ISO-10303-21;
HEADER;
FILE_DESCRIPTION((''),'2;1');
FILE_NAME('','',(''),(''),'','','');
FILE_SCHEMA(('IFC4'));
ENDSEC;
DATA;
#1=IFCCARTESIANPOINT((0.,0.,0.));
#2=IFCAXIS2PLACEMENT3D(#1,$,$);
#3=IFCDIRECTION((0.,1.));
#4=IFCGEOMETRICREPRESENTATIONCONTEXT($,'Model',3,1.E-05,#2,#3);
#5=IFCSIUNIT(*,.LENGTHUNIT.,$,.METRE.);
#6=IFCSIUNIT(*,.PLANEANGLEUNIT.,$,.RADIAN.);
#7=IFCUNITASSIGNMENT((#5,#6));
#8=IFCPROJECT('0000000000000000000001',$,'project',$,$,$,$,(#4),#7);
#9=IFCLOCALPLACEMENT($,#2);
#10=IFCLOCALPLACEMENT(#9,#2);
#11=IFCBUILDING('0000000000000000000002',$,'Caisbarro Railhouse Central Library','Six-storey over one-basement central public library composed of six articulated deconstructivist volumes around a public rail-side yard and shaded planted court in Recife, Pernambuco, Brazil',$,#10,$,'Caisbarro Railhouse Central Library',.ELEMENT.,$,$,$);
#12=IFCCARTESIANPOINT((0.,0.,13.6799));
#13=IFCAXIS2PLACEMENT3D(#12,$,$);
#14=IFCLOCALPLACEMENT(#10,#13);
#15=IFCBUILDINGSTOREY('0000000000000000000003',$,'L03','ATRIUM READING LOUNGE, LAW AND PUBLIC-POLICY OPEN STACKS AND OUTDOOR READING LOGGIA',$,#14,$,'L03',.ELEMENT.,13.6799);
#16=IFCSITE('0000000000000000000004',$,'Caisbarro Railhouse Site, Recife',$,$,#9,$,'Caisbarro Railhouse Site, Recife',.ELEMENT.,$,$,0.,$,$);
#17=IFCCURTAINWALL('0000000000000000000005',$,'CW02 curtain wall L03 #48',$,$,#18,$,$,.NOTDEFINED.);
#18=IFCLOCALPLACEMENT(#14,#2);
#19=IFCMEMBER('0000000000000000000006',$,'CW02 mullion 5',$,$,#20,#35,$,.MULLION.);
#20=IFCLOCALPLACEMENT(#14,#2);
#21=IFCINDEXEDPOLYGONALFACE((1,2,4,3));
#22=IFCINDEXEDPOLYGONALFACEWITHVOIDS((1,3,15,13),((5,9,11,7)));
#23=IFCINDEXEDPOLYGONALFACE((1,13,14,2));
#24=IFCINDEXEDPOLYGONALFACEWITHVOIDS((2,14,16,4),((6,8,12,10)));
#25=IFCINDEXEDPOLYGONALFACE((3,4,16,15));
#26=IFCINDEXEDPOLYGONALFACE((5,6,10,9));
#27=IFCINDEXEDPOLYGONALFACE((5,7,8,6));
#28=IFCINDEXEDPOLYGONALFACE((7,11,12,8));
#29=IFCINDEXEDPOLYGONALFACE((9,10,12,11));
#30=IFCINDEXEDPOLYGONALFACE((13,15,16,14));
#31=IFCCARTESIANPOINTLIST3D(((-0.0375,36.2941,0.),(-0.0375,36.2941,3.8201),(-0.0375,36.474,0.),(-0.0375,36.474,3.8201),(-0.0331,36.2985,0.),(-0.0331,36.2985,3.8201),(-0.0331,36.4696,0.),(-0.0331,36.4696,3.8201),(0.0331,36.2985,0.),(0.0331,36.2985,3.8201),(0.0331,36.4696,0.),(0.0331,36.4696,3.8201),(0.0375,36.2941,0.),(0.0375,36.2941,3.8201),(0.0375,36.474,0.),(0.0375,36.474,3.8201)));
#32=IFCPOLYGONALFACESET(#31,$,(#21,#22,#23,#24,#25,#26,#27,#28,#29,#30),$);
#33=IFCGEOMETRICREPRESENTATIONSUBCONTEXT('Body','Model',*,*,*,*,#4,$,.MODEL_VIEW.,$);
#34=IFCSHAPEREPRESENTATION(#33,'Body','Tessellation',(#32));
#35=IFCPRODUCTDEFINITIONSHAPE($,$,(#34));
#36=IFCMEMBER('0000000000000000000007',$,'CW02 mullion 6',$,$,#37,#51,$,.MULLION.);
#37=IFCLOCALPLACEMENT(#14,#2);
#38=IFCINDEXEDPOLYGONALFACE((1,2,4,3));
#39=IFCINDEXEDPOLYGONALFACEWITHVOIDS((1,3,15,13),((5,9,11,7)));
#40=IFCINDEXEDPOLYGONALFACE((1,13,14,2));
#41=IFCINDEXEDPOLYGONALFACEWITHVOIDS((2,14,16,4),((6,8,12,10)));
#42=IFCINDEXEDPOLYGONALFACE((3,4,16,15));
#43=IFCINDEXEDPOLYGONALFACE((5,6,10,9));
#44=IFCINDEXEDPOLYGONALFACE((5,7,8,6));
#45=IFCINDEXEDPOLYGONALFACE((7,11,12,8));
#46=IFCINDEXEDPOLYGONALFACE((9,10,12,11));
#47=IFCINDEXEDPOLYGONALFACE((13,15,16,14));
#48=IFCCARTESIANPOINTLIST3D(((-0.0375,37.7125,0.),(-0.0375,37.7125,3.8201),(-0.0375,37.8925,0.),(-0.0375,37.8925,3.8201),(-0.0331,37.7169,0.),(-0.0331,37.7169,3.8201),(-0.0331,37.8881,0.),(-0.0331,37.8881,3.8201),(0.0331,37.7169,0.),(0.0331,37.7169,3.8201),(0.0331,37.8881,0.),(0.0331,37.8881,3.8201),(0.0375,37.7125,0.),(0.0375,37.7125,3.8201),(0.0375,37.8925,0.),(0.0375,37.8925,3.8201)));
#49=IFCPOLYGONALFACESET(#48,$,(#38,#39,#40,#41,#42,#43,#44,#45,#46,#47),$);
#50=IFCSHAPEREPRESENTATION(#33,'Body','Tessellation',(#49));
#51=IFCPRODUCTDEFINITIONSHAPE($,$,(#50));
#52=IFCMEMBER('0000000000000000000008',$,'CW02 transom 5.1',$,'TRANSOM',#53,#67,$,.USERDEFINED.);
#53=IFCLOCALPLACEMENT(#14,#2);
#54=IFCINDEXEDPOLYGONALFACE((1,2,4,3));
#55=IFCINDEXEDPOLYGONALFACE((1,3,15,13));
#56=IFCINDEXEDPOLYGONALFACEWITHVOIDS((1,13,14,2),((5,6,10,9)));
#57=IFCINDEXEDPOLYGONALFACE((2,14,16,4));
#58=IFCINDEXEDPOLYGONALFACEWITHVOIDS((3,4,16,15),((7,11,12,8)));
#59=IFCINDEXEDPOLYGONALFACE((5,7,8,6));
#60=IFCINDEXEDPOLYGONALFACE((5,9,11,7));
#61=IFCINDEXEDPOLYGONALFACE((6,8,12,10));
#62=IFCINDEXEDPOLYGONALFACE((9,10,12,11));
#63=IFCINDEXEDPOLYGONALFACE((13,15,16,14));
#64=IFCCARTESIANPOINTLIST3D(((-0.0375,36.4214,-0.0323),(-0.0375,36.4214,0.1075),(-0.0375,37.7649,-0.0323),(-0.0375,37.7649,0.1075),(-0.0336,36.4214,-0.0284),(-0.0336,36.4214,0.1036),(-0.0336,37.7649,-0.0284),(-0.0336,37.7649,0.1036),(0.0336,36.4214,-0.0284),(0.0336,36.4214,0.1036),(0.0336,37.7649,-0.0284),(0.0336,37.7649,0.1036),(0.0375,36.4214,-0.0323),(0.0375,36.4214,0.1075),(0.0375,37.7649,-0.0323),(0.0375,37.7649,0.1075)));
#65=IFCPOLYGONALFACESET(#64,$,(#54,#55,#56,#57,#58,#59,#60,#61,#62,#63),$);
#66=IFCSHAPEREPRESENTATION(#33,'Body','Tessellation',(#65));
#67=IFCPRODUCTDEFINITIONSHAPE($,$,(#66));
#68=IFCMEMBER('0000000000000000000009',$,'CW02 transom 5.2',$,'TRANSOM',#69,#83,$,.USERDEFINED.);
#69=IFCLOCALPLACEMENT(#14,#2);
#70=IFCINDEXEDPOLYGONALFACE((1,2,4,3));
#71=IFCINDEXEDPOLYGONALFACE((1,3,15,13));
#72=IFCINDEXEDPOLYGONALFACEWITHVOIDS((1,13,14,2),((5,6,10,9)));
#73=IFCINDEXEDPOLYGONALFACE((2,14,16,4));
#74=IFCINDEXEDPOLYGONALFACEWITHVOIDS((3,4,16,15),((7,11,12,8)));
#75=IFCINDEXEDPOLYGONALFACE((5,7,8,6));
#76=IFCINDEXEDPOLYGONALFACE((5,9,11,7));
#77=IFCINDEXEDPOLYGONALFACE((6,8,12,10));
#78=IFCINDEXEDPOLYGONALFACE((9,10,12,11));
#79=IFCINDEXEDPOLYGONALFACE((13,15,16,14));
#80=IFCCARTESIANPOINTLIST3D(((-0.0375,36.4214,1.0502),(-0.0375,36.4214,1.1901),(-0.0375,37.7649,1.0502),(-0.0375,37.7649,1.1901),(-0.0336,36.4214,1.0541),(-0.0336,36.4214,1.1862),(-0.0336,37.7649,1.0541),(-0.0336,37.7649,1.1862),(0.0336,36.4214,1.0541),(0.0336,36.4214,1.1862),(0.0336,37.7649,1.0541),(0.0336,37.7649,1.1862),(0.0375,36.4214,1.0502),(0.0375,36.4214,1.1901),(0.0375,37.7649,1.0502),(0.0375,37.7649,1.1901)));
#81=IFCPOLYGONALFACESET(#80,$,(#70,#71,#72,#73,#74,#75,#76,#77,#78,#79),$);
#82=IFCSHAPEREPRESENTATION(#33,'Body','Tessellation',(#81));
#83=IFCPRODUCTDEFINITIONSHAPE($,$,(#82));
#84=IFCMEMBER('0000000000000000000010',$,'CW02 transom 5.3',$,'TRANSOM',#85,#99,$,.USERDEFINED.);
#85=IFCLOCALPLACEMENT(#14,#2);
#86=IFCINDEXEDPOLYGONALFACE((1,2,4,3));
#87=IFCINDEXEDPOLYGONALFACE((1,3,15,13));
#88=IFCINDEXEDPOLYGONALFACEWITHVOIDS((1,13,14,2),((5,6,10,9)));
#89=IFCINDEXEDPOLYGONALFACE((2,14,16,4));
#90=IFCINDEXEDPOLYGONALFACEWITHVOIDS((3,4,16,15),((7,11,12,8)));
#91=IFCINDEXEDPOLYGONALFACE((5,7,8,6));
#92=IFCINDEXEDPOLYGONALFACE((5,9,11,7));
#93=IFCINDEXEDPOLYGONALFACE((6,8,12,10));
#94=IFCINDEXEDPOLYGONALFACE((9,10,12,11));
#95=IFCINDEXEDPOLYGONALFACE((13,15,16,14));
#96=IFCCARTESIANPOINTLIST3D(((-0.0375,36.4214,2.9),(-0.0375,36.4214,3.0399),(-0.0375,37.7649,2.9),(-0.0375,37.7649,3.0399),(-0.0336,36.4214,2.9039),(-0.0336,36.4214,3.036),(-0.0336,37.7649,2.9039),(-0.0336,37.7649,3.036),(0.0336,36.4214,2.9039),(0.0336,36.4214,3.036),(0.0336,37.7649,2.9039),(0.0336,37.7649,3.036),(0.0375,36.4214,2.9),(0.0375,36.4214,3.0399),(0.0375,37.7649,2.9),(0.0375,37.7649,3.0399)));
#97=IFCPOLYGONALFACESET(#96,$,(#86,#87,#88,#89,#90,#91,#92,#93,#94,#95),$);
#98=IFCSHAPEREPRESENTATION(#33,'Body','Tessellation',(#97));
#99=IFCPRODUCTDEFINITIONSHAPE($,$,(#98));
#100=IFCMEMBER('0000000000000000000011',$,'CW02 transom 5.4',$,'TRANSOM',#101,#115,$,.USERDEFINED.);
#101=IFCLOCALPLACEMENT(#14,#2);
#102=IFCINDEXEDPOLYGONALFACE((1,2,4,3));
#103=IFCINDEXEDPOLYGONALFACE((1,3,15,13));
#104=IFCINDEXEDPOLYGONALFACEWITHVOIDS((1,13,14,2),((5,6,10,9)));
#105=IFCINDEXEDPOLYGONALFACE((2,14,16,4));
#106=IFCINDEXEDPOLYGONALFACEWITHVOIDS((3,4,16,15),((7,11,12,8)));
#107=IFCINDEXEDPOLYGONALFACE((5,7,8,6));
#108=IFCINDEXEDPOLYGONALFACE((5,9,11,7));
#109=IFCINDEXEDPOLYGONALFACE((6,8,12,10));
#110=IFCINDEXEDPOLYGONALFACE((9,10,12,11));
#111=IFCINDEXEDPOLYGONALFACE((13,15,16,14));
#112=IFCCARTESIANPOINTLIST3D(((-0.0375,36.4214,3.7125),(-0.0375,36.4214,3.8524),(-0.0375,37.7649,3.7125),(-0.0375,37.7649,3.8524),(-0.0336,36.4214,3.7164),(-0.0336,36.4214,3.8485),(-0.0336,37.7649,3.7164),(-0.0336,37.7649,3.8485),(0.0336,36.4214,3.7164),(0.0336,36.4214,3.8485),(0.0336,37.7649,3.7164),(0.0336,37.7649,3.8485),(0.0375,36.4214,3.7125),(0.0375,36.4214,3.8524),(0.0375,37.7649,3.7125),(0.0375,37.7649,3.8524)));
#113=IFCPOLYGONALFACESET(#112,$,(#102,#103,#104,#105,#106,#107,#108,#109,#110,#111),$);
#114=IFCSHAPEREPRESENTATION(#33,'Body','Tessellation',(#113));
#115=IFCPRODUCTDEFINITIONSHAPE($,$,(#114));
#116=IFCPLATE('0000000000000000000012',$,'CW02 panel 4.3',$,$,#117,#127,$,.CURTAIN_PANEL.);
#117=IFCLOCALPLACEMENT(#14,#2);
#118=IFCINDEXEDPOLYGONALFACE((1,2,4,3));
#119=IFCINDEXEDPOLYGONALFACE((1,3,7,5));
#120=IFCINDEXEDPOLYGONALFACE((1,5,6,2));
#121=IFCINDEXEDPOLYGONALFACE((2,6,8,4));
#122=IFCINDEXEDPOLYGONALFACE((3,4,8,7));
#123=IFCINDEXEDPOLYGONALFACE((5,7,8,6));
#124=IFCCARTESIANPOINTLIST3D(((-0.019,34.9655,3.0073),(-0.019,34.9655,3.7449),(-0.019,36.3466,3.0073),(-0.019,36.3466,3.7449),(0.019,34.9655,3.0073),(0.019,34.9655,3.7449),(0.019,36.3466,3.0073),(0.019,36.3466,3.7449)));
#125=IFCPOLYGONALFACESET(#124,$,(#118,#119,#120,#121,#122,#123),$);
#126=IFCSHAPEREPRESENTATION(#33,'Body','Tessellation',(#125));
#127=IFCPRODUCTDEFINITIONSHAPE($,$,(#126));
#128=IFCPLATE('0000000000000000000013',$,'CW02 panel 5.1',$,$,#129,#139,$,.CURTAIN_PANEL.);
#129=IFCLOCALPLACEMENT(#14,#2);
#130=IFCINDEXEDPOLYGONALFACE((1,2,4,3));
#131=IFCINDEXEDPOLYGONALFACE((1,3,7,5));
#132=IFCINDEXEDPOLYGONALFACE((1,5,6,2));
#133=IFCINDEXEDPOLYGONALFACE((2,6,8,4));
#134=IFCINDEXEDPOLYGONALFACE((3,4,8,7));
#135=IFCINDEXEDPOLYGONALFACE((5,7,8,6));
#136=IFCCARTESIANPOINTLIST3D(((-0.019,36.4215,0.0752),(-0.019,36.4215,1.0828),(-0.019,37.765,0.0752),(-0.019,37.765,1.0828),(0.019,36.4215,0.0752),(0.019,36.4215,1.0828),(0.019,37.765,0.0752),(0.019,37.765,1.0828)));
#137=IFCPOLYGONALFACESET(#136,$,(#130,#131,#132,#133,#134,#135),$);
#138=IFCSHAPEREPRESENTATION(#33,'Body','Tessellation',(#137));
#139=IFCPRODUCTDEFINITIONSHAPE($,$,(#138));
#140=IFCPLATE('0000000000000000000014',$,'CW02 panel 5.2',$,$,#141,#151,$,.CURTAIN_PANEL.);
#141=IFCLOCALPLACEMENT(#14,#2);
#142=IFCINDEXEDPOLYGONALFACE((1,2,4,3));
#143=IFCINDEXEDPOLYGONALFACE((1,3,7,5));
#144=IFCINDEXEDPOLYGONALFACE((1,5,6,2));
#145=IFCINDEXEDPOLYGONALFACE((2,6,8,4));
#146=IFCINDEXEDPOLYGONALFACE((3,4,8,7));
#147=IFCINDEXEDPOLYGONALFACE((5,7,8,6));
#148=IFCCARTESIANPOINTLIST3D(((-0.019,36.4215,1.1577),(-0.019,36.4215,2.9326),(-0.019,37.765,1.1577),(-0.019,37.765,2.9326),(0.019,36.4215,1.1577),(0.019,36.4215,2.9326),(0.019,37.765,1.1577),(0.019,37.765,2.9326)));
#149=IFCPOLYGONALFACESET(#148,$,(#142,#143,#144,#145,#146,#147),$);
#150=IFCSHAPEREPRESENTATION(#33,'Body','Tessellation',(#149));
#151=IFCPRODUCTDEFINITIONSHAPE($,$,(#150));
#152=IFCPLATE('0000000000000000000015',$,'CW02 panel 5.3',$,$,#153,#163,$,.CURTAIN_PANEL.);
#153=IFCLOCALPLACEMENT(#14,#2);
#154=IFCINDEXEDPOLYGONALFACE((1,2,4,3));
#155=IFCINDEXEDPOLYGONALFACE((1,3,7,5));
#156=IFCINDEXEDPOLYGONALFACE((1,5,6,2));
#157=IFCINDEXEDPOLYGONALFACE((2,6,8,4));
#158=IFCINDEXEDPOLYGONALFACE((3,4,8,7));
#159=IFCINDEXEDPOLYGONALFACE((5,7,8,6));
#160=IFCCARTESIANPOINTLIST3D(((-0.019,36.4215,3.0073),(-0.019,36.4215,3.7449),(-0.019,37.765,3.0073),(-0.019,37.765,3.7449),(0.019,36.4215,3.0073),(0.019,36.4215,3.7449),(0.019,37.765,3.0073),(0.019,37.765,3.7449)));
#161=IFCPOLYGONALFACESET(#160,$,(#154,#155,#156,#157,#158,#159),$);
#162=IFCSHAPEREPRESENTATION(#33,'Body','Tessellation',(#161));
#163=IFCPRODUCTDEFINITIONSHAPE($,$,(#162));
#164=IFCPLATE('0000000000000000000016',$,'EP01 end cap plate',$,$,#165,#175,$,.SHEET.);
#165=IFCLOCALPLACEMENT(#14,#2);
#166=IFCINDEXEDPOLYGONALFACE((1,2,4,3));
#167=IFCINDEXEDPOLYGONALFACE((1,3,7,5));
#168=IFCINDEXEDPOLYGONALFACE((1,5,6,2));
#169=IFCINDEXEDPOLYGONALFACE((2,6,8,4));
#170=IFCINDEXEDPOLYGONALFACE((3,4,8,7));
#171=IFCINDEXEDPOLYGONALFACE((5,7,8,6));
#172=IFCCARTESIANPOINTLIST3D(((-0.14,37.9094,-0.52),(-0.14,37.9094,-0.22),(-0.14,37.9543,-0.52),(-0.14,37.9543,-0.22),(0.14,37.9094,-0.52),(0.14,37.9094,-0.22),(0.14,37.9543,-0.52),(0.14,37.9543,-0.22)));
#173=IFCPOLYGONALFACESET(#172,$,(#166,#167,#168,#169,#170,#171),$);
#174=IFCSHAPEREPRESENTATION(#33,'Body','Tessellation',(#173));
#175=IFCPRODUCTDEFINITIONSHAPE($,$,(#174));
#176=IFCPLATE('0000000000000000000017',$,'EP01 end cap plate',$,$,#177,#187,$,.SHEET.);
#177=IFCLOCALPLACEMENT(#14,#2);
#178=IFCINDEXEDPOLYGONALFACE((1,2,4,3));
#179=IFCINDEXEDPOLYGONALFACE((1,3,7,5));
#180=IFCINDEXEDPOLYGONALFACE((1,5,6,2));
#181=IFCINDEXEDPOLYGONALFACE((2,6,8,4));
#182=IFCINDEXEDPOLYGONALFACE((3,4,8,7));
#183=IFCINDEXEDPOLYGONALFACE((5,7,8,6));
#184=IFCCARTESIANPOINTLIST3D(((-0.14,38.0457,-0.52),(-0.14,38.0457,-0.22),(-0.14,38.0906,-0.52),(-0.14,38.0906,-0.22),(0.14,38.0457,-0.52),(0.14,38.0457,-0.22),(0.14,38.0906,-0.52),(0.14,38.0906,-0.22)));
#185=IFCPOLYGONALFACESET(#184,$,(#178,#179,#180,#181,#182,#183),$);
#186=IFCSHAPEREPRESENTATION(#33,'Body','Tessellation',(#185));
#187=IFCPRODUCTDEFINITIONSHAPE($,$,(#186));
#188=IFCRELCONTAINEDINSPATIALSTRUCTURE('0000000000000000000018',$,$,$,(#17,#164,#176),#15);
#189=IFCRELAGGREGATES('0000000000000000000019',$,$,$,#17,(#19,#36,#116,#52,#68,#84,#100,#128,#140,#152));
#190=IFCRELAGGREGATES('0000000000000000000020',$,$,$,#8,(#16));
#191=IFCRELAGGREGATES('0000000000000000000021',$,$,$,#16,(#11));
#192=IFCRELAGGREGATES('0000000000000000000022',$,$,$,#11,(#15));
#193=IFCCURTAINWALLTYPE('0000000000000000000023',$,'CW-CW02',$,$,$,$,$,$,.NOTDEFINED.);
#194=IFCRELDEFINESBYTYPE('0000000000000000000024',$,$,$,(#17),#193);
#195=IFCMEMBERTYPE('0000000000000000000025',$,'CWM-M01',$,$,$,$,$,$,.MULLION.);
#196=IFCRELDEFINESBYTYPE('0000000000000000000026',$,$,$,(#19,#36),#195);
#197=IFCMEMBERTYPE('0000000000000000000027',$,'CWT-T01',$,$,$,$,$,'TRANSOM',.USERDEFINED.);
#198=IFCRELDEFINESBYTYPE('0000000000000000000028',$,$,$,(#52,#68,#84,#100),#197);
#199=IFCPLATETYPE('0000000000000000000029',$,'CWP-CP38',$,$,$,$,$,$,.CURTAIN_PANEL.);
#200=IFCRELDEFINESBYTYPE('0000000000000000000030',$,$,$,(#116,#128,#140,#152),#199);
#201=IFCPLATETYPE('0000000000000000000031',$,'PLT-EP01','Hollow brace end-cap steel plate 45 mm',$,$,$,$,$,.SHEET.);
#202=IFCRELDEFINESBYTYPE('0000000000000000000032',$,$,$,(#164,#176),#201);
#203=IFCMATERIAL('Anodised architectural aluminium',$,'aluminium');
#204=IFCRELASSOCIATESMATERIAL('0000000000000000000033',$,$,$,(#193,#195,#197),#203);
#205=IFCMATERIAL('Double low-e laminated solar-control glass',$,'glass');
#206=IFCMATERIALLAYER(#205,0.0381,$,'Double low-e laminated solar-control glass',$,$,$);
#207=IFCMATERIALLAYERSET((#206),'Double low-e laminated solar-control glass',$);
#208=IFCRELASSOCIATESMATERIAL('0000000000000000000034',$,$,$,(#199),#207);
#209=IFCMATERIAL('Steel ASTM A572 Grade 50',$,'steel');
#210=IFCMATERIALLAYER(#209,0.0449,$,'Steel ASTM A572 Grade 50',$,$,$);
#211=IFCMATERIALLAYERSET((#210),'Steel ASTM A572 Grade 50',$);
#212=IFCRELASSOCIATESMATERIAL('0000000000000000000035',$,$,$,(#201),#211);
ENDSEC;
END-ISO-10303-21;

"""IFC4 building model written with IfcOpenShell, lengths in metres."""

from ifc_helpers import new_model, si_unit, direction, frame, origin, origin_2d, place, context, subcontext, project, spatial, rectangle, hollow_rectangle, extrude, material, layer, layer_set, material_profile, profile_set, type_object, element, aggregate, save


model = new_model("IFC4")

# Units and contexts
model_context = context("Model", 3, precision=1e-05, world=origin(), true_north=direction((0.0, 1.0)))
body_context = subcontext(model_context, "Body", "Model", "MODEL_VIEW")
ifc_project = project(units=[si_unit("LENGTHUNIT", "METRE"), si_unit("PLANEANGLEUNIT", "RADIAN")], contexts=[model_context])

# Site, building, storey
site_placement = place(None, origin())
site = spatial("IfcSite", under=ifc_project, at=site_placement, Name="Caisbarro Railhouse Site, Recife", LongName="Caisbarro Railhouse Site, Recife", CompositionType="ELEMENT", RefElevation=0.0)
building_placement = place(site_placement, origin())
building = spatial("IfcBuilding", under=site, at=building_placement, Name="Caisbarro Railhouse Central Library", Description="Six-storey over one-basement central public library composed of six articulated deconstructivist volumes around a public rail-side yard and shaded planted court in Recife, Pernambuco, Brazil", LongName="Caisbarro Railhouse Central Library", CompositionType="ELEMENT")
storey_placement = place(building_placement, frame((0.0, 0.0, 13.6799)))
storey = spatial("IfcBuildingStorey", under=building, at=storey_placement, Name="L03", Description="ATRIUM READING LOUNGE, LAW AND PUBLIC-POLICY OPEN STACKS AND OUTDOOR READING LOGGIA", LongName="L03", CompositionType="ELEMENT", Elevation=13.6799)

# Shared definitions
ifc_material_1 = material(Name="Steel ASTM A572 Grade 50", Category="steel")

# Curtain wall, members, plates
ifc_material_2 = material(Name="Anodised architectural aluminium", Category="aluminium")
curtain_wall_type = type_object("IfcCurtainWallType", Name="CW-CW02", PredefinedType="NOTDEFINED", material=ifc_material_2)
curtain_wall_placement = place(storey_placement, origin())
curtain_wall = element("IfcCurtainWall", 1, at=curtain_wall_placement, inside=storey, type_object=curtain_wall_type, Name="CW02 curtain wall L03 #48", PredefinedType="NOTDEFINED")
ifc_material_profile_1 = material_profile(ifc_material_2, hollow_rectangle(XDim=0.075, YDim=0.1799, WallThickness=0.0044, at=origin_2d()), Name="ALU-MUL-75X180")
ifc_profile_set_1 = profile_set([ifc_material_profile_1], Name="Anodised architectural aluminium")
member_type_1 = type_object("IfcMemberType", Name="CWM-M01", PredefinedType="MULLION", material=ifc_profile_set_1)
member_1_placement = place(storey_placement, frame((0.0, 36.384, 0.0), z_axis=(0.0, 0.0, 1.0), x_axis=(-1.0, 0.0, 0.0)))
member_1 = element("IfcMember", 2, at=member_1_placement, type_object=member_type_1, Name="CW02 mullion 5", PredefinedType="MULLION", context=body_context, shape_type="SweptSolid", body=[
    extrude(hollow_rectangle(XDim=0.075, YDim=0.1799, WallThickness=0.0044, at=origin_2d()), origin(), (0.0, 0.0, 1.0), 3.8201),
])
member_2_placement = place(storey_placement, frame((0.0, 37.8025, 0.0), z_axis=(0.0, 0.0, 1.0), x_axis=(-1.0, 0.0, 0.0)))
member_2 = element("IfcMember", 3, at=member_2_placement, type_object=member_type_1, Name="CW02 mullion 6", PredefinedType="MULLION", context=body_context, shape_type="SweptSolid", body=[
    extrude(hollow_rectangle(XDim=0.075, YDim=0.1799, WallThickness=0.0044, at=origin_2d()), origin(), (0.0, 0.0, 1.0), 3.8201),
])
ifc_material_profile_2 = material_profile(ifc_material_2, hollow_rectangle(XDim=0.075, YDim=0.1399, WallThickness=0.0039, at=origin_2d()), Name="ALU-TRN-75X140")
ifc_profile_set_2 = profile_set([ifc_material_profile_2], Name="Anodised architectural aluminium")
member_type_2 = type_object("IfcMemberType", Name="CWT-T01", ElementType="TRANSOM", PredefinedType="USERDEFINED", material=ifc_profile_set_2)
member_3_placement = place(storey_placement, frame((0.0, 36.4214, 0.0376), z_axis=(0.0, 1.0, 0.0), x_axis=(-1.0, 0.0, 0.0)))
member_3 = element("IfcMember", 4, at=member_3_placement, type_object=member_type_2, Name="CW02 transom 5.1", ObjectType="TRANSOM", PredefinedType="USERDEFINED", context=body_context, shape_type="SweptSolid", body=[
    extrude(hollow_rectangle(XDim=0.075, YDim=0.1399, WallThickness=0.0039, at=origin_2d()), origin(), (0.0, 0.0, 1.0), 1.3435),
])
member_4_placement = place(storey_placement, frame((0.0, 36.4214, 1.1201), z_axis=(0.0, 1.0, 0.0), x_axis=(-1.0, 0.0, 0.0)))
member_4 = element("IfcMember", 5, at=member_4_placement, type_object=member_type_2, Name="CW02 transom 5.2", ObjectType="TRANSOM", PredefinedType="USERDEFINED", context=body_context, shape_type="SweptSolid", body=[
    extrude(hollow_rectangle(XDim=0.075, YDim=0.1399, WallThickness=0.0039, at=origin_2d()), origin(), (0.0, 0.0, 1.0), 1.3435),
])
member_5_placement = place(storey_placement, frame((0.0, 36.4214, 2.97), z_axis=(0.0, 1.0, 0.0), x_axis=(-1.0, 0.0, 0.0)))
member_5 = element("IfcMember", 6, at=member_5_placement, type_object=member_type_2, Name="CW02 transom 5.3", ObjectType="TRANSOM", PredefinedType="USERDEFINED", context=body_context, shape_type="SweptSolid", body=[
    extrude(hollow_rectangle(XDim=0.075, YDim=0.1399, WallThickness=0.0039, at=origin_2d()), origin(), (0.0, 0.0, 1.0), 1.3435),
])
member_6_placement = place(storey_placement, frame((0.0, 36.4214, 3.7825), z_axis=(0.0, 1.0, 0.0), x_axis=(-1.0, 0.0, 0.0)))
member_6 = element("IfcMember", 7, at=member_6_placement, type_object=member_type_2, Name="CW02 transom 5.4", ObjectType="TRANSOM", PredefinedType="USERDEFINED", context=body_context, shape_type="SweptSolid", body=[
    extrude(hollow_rectangle(XDim=0.075, YDim=0.1399, WallThickness=0.0039, at=origin_2d()), origin(), (0.0, 0.0, 1.0), 1.3435),
])
ifc_material_3 = material(Name="Double low-e laminated solar-control glass", Category="glass")
ifc_layer_1 = layer(ifc_material_3, 0.0381, Name="Double low-e laminated solar-control glass")
ifc_layer_set_1 = layer_set([ifc_layer_1], Name="Double low-e laminated solar-control glass")
plate_type_1 = type_object("IfcPlateType", Name="CWP-CP38", PredefinedType="CURTAIN_PANEL", material=ifc_layer_set_1)
plate_1_placement = place(storey_placement, frame((0.0, 35.656, 3.0073), z_axis=(0.0, 0.0, 1.0), x_axis=(0.0, 1.0, 0.0)))
plate_1 = element("IfcPlate", 8, at=plate_1_placement, type_object=plate_type_1, Name="CW02 panel 4.3", PredefinedType="CURTAIN_PANEL", context=body_context, shape_type="SweptSolid", body=[
    extrude(rectangle(XDim=1.3811, YDim=0.0381, at=origin_2d()), origin(), (0.0, 0.0, 1.0), 0.7375),
])
plate_2_placement = place(storey_placement, frame((0.0, 37.0933, 0.0752), z_axis=(0.0, 0.0, 1.0), x_axis=(0.0, 1.0, 0.0)))
plate_2 = element("IfcPlate", 9, at=plate_2_placement, type_object=plate_type_1, Name="CW02 panel 5.1", PredefinedType="CURTAIN_PANEL", context=body_context, shape_type="SweptSolid", body=[
    extrude(rectangle(XDim=1.3435, YDim=0.0381, at=origin_2d()), origin(), (0.0, 0.0, 1.0), 1.0076),
])
plate_3_placement = place(storey_placement, frame((0.0, 37.0933, 1.1577), z_axis=(0.0, 0.0, 1.0), x_axis=(0.0, 1.0, 0.0)))
plate_3 = element("IfcPlate", 10, at=plate_3_placement, type_object=plate_type_1, Name="CW02 panel 5.2", PredefinedType="CURTAIN_PANEL", context=body_context, shape_type="SweptSolid", body=[
    extrude(rectangle(XDim=1.3435, YDim=0.0381, at=origin_2d()), origin(), (0.0, 0.0, 1.0), 1.7749),
])
plate_4_placement = place(storey_placement, frame((0.0, 37.0933, 3.0073), z_axis=(0.0, 0.0, 1.0), x_axis=(0.0, 1.0, 0.0)))
plate_4 = element("IfcPlate", 11, at=plate_4_placement, type_object=plate_type_1, Name="CW02 panel 5.3", PredefinedType="CURTAIN_PANEL", context=body_context, shape_type="SweptSolid", body=[
    extrude(rectangle(XDim=1.3435, YDim=0.0381, at=origin_2d()), origin(), (0.0, 0.0, 1.0), 0.7375),
])
aggregate(curtain_wall, [member_1, member_2, plate_1, member_3, member_4, member_5, member_6, plate_2, plate_3, plate_4])

# Plates
ifc_layer_2 = layer(ifc_material_1, 0.0449, Name="Steel ASTM A572 Grade 50")
ifc_layer_set_2 = layer_set([ifc_layer_2], Name="Steel ASTM A572 Grade 50")
plate_type_2 = type_object("IfcPlateType", Name="PLT-EP01", Description="Hollow brace end-cap steel plate 45 mm", PredefinedType="SHEET", material=ifc_layer_set_2)
for number, where, z_axis, x_axis, name in (
    (12, (0.0, 37.9319, -0.52), (0.0, 0.0, 1.0), (0.0, 1.0, 0.0), "EP01 end cap plate"),
    (13, (0.0, 38.0681, -0.52), (0.0, 0.0, 1.0), (0.0, 1.0, 0.0), "EP01 end cap plate"),
):
    element("IfcPlate", number, at=place(storey_placement, frame(where, z_axis=z_axis, x_axis=x_axis)), inside=storey, type_object=plate_type_2, Name=name, PredefinedType="SHEET", context=body_context, shape_type="SweptSolid", body=[
        extrude(rectangle(XDim=0.0449, YDim=0.28, at=origin_2d()), origin(), (0.0, 0.0, 1.0), 0.3),
    ])

save(model, "model.ifc")
